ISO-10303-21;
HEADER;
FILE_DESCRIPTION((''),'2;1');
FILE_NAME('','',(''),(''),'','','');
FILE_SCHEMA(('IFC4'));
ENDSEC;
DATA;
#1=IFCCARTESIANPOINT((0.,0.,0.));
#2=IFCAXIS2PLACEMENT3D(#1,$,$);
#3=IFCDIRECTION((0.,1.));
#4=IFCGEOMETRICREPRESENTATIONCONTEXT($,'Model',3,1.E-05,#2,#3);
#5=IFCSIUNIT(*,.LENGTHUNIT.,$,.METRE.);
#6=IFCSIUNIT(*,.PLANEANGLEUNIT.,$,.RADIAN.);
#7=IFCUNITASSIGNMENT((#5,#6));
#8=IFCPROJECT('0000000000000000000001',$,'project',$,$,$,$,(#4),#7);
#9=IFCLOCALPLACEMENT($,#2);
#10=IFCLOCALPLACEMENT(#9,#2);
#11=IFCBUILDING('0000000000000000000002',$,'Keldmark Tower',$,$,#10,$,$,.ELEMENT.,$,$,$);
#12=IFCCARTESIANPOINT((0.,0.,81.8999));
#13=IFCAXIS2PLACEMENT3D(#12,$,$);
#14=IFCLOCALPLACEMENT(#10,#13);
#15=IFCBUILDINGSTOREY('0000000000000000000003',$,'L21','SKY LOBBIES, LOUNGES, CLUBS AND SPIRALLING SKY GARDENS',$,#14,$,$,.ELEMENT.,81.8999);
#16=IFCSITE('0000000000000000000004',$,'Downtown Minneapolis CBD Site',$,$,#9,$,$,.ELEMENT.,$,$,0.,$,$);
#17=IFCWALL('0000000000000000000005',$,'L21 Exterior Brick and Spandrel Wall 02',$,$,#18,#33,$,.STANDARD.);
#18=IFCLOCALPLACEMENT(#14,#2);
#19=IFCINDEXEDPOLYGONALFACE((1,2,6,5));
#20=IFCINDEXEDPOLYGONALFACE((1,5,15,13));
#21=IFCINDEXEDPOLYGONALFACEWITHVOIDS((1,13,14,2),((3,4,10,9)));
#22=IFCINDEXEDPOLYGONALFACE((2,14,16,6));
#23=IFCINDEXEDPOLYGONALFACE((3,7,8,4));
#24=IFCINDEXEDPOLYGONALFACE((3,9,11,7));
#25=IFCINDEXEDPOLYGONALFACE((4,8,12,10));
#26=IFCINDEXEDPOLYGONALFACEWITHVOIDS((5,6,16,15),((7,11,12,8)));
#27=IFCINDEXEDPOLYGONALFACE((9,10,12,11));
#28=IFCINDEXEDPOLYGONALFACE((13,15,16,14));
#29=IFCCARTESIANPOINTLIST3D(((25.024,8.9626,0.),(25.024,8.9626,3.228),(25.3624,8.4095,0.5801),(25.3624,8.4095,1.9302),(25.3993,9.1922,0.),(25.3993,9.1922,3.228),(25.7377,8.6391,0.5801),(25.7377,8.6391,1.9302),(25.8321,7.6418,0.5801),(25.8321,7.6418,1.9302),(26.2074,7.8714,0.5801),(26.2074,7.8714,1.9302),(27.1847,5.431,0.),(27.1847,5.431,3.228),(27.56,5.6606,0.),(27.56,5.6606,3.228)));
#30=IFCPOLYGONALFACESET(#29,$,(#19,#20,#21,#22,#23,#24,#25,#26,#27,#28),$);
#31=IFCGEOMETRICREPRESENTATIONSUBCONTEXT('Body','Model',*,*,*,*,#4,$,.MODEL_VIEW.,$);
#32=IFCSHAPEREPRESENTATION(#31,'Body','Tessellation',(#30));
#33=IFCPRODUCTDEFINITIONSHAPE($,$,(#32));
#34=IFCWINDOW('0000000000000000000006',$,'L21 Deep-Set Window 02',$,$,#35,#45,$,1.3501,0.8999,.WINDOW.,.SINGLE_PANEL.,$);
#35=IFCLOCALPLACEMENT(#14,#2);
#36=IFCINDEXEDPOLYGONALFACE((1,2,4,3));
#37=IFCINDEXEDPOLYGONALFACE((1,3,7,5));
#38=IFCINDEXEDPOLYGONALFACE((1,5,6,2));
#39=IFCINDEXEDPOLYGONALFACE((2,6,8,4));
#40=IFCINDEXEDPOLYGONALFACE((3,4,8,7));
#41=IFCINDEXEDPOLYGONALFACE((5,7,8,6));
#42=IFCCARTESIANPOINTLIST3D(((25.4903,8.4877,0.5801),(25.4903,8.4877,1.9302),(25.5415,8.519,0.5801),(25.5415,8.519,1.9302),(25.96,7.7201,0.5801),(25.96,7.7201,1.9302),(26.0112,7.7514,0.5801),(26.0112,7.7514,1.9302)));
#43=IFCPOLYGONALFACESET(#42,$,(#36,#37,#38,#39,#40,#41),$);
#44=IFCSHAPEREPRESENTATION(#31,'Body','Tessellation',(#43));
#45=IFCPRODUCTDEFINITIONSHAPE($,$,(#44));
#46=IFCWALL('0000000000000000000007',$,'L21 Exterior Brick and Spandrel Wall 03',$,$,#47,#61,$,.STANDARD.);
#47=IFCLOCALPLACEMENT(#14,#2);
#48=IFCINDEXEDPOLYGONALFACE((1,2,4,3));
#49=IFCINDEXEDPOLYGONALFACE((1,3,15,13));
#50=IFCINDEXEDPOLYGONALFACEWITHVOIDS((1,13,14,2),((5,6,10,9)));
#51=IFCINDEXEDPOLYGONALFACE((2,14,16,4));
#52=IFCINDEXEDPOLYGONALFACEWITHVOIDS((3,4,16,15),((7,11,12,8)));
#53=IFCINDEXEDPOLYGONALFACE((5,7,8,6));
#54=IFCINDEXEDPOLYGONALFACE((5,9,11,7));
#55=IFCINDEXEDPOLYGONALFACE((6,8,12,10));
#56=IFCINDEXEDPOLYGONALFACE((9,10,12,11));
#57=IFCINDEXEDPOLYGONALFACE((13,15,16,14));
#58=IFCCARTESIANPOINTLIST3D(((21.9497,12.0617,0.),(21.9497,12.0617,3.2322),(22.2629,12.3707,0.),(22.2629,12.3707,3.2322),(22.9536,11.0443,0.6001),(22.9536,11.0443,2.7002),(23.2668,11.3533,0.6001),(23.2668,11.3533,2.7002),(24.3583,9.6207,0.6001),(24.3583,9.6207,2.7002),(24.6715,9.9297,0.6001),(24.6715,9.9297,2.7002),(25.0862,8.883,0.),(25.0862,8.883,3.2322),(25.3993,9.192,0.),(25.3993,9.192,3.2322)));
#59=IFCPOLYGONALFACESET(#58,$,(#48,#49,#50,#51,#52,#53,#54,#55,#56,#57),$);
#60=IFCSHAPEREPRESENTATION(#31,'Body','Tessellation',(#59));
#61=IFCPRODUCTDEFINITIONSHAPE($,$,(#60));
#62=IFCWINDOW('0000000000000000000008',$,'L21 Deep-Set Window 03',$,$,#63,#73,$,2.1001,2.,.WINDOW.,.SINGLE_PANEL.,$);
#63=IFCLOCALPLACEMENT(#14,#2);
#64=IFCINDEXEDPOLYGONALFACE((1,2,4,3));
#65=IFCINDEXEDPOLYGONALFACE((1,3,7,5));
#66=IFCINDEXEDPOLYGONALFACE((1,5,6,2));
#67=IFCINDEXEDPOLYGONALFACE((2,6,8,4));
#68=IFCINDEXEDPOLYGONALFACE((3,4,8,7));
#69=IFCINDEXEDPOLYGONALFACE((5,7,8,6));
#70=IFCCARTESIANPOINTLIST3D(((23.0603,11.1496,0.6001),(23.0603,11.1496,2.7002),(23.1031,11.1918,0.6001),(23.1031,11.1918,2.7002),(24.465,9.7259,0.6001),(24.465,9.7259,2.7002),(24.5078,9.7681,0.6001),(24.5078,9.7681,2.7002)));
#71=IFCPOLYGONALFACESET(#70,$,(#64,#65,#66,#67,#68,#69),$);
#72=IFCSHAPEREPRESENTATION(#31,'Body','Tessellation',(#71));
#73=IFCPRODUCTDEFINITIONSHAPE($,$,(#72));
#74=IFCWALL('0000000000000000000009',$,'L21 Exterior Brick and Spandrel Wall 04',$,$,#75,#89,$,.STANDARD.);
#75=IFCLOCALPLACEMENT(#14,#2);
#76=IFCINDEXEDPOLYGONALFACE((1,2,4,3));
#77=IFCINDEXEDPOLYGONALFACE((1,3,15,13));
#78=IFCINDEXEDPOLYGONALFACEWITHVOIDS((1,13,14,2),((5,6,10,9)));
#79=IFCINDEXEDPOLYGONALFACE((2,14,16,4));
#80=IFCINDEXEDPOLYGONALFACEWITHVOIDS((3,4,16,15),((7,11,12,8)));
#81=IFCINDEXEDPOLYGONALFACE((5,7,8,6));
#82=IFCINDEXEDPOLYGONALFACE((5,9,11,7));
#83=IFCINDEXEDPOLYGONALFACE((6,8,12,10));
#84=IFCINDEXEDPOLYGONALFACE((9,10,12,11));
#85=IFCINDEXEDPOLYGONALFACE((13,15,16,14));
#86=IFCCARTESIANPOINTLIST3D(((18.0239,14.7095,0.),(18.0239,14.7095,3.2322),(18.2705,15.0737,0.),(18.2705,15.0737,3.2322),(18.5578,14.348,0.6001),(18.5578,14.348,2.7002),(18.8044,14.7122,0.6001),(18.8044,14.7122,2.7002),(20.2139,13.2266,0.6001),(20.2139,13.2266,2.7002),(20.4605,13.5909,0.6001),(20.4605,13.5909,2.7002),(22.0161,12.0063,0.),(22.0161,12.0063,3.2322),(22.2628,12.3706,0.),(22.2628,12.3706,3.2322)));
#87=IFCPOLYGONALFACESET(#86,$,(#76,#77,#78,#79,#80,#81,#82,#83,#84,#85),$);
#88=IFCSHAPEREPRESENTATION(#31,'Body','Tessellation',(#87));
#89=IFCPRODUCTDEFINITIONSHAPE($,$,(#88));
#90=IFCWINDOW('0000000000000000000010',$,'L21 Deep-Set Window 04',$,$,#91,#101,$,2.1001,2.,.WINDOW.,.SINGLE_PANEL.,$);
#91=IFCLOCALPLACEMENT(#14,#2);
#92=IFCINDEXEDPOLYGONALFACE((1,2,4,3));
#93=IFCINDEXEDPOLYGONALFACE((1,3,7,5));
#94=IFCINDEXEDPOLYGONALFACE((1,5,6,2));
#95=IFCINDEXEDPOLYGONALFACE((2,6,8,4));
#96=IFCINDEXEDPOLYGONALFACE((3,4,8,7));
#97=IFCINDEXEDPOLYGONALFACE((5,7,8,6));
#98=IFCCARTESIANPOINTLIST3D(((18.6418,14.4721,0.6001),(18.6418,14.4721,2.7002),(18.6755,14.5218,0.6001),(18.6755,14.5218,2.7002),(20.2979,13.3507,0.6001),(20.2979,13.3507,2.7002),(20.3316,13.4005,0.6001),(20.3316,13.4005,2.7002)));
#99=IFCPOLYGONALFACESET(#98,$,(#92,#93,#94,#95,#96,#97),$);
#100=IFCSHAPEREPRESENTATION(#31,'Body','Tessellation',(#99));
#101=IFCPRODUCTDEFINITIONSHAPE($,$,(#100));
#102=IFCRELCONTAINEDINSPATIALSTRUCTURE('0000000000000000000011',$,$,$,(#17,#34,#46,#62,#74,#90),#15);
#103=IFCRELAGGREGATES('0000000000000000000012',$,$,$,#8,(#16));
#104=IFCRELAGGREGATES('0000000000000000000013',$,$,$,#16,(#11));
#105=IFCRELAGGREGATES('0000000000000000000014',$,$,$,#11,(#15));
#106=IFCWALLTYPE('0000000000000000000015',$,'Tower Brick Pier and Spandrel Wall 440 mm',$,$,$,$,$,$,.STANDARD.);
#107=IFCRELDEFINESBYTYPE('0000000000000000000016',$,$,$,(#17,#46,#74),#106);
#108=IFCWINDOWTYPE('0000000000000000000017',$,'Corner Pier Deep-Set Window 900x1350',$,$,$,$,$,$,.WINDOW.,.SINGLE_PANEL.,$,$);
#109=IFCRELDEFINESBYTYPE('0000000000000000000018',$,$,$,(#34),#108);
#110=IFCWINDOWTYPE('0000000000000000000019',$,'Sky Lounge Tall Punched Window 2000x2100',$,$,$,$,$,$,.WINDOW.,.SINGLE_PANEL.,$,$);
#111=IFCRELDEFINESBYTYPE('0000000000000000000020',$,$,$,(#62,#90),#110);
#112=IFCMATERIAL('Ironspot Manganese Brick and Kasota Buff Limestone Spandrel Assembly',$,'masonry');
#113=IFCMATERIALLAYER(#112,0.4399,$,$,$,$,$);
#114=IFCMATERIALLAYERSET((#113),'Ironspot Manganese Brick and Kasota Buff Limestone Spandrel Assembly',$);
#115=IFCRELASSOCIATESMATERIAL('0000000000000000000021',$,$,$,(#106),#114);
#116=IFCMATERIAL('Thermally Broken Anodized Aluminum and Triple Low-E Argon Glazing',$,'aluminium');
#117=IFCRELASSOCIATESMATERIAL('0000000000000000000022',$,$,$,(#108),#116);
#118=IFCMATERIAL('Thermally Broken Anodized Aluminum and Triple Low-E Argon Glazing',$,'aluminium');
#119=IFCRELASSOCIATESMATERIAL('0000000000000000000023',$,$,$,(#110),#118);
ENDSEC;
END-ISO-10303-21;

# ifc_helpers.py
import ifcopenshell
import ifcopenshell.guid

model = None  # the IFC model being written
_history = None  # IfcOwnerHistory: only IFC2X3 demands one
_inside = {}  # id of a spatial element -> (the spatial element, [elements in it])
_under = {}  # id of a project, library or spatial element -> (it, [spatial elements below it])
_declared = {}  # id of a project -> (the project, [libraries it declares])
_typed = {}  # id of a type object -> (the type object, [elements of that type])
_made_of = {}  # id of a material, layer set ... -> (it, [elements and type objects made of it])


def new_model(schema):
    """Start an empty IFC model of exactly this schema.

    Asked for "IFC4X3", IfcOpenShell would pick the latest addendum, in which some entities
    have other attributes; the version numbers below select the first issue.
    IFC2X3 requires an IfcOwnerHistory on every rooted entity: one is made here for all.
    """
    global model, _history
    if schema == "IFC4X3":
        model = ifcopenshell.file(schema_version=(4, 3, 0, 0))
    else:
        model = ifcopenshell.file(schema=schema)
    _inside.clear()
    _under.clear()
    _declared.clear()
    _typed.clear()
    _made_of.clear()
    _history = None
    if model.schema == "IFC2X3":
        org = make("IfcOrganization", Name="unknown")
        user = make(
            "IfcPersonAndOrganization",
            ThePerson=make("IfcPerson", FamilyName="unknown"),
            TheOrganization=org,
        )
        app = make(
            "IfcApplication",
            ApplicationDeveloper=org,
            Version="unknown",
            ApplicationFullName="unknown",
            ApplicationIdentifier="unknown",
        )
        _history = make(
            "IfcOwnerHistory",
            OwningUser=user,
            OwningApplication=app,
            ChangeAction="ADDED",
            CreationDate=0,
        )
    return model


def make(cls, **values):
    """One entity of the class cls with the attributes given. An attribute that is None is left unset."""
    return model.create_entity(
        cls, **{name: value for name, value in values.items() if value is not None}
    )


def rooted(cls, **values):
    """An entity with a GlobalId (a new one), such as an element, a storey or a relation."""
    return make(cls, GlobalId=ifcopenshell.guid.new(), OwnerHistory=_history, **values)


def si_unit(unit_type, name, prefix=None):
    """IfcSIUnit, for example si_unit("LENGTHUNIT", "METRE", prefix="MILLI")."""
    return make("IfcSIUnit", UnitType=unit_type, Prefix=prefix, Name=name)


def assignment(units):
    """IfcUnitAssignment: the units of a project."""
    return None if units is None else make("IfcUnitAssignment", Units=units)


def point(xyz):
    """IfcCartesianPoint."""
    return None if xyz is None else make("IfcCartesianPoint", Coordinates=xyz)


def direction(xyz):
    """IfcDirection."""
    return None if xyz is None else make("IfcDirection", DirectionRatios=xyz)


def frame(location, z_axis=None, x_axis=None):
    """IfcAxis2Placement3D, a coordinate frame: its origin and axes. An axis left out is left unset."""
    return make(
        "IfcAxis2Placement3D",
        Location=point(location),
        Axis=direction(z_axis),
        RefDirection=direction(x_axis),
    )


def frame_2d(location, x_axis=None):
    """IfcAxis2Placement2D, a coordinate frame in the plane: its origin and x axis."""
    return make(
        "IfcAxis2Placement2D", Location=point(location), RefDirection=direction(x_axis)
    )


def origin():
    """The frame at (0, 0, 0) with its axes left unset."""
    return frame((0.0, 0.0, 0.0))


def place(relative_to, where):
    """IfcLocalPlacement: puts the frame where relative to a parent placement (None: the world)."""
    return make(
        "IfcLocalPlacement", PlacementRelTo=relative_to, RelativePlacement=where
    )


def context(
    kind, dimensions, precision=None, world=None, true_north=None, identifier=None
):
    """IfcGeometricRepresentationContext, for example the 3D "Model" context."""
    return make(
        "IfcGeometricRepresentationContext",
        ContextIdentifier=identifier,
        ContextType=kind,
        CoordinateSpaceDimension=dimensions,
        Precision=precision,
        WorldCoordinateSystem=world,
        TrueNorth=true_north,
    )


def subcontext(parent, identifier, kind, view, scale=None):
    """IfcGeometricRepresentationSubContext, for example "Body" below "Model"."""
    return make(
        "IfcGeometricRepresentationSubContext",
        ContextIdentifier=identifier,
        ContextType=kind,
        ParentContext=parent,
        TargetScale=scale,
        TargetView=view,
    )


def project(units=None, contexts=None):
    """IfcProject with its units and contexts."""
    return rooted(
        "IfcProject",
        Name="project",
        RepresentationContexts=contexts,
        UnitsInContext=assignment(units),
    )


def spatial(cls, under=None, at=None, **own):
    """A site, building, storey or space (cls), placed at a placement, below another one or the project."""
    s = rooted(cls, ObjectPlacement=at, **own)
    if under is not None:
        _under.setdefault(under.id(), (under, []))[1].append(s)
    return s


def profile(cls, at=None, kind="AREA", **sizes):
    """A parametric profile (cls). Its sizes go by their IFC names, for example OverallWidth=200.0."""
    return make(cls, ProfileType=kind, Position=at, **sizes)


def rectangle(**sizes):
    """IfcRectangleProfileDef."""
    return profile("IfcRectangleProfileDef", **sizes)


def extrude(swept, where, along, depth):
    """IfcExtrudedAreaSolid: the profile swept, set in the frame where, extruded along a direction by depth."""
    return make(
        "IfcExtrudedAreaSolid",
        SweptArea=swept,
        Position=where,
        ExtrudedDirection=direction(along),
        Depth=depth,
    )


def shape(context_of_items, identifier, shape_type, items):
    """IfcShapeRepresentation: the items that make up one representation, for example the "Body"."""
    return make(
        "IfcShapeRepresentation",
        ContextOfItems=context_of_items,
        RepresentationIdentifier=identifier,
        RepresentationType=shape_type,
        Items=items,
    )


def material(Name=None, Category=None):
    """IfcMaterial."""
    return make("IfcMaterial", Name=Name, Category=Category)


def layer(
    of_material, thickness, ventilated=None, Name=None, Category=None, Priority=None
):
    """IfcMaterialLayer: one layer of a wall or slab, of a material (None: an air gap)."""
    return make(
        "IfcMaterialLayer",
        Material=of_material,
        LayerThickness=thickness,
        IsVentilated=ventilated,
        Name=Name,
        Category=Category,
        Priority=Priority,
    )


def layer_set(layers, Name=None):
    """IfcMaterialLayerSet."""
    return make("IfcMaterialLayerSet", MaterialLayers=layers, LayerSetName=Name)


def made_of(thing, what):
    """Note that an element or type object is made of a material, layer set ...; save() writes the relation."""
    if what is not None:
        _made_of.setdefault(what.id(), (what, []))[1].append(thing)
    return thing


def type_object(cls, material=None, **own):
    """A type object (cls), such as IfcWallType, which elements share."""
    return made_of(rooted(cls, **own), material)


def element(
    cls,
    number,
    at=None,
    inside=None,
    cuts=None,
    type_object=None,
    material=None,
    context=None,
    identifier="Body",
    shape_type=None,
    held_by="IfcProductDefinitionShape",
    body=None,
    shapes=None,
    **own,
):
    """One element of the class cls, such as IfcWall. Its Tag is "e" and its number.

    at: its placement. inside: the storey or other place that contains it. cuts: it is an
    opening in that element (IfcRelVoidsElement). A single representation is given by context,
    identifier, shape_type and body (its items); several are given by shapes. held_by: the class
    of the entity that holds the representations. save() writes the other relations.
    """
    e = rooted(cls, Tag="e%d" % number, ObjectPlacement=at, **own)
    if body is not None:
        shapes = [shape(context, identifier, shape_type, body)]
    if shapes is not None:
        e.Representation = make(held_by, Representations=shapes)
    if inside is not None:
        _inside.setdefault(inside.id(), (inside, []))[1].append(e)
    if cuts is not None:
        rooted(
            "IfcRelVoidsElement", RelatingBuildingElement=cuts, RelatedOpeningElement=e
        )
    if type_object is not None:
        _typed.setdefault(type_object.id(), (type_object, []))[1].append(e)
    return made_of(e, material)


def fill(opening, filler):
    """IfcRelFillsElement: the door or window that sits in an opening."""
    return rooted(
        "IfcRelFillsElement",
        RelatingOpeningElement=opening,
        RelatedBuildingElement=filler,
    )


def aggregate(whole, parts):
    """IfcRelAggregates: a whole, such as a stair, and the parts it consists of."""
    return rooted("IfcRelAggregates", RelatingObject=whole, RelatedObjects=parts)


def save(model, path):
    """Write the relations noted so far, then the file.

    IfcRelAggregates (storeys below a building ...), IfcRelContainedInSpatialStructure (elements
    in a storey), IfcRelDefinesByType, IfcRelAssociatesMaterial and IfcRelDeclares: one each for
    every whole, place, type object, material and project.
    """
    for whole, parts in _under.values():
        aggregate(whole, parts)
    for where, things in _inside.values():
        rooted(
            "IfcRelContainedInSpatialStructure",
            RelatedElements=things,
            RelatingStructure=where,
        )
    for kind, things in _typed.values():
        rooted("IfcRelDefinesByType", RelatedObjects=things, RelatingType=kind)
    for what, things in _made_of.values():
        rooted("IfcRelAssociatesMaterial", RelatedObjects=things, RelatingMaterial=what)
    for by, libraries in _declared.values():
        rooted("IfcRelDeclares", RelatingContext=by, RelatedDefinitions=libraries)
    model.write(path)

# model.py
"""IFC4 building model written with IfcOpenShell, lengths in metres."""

from ifc_helpers import new_model, si_unit, direction, frame, frame_2d, origin, place, context, subcontext, project, spatial, rectangle, extrude, material, layer, layer_set, type_object, element, fill, save


model = new_model("IFC4")

# Units and contexts
model_context = context("Model", 3, precision=1e-05, world=origin(), true_north=direction((0.0, 1.0)))
body_context = subcontext(model_context, "Body", "Model", "MODEL_VIEW")
ifc_project = project(units=[si_unit("LENGTHUNIT", "METRE"), si_unit("PLANEANGLEUNIT", "RADIAN")], contexts=[model_context])

# Site, building, storey
site_placement = place(None, origin())
site = spatial("IfcSite", under=ifc_project, at=site_placement, Name="Downtown Minneapolis CBD Site", CompositionType="ELEMENT", RefElevation=0.0)
building_placement = place(site_placement, origin())
building = spatial("IfcBuilding", under=site, at=building_placement, Name="Keldmark Tower", CompositionType="ELEMENT")
storey_placement = place(building_placement, frame((0.0, 0.0, 81.8999)))
storey = spatial("IfcBuildingStorey", under=building, at=storey_placement, Name="L21", Description="SKY LOBBIES, LOUNGES, CLUBS AND SPIRALLING SKY GARDENS", CompositionType="ELEMENT", Elevation=81.8999)

# Walls, openings, windows
ifc_material_1 = material(Name="Ironspot Manganese Brick and Kasota Buff Limestone Spandrel Assembly", Category="masonry")
ifc_layer_1 = layer(ifc_material_1, 0.4399)
ifc_layer_set_1 = layer_set([ifc_layer_1], Name="Ironspot Manganese Brick and Kasota Buff Limestone Spandrel Assembly")
wall_type = type_object("IfcWallType", Name="Tower Brick Pier and Spandrel Wall 440 mm", PredefinedType="STANDARD", material=ifc_layer_set_1)
wall_1_placement = place(storey_placement, frame((25.2117, 9.0774, 0.0), z_axis=(0.0, 0.0, 1.0), x_axis=(0.521891, -0.853012, 0.0)))
wall_1 = element("IfcWall", 1, at=wall_1_placement, inside=storey, type_object=wall_type, Name="L21 Exterior Brick and Spandrel Wall 02", PredefinedType="STANDARD", context=body_context, shape_type="SweptSolid", body=[
    extrude(rectangle(XDim=4.1401, YDim=0.4399, at=frame_2d((2.0701, 0.0))), origin(), (0.0, 0.0, 1.0), 3.228),
])
opening_1_placement = place(wall_1_placement, frame((0.6484, 0.0, 0.5801)))
opening_1 = element("IfcOpeningElement", 2, at=opening_1_placement, cuts=wall_1, PredefinedType="OPENING", context=body_context, shape_type="SweptSolid", body=[
    extrude(rectangle(XDim=0.8999, YDim=1.3501, at=frame_2d((0.45, 0.675))), frame((0.0, 0.23, 0.0), z_axis=(0.0, -1.0, 0.0), x_axis=(1.0, 0.0, 0.0)), (0.0, 0.0, 1.0), 0.46),
])
ifc_material_2 = material(Name="Thermally Broken Anodized Aluminum and Triple Low-E Argon Glazing", Category="aluminium")
window_type_1 = type_object("IfcWindowType", Name="Corner Pier Deep-Set Window 900x1350", PartitioningType="SINGLE_PANEL", PredefinedType="WINDOW", material=ifc_material_2)
window_1_placement = place(opening_1_placement, origin())
window_1 = element("IfcWindow", 3, at=window_1_placement, inside=storey, type_object=window_type_1, Name="L21 Deep-Set Window 02", OverallHeight=1.3501, OverallWidth=0.8999, PartitioningType="SINGLE_PANEL", PredefinedType="WINDOW", context=body_context, shape_type="SweptSolid", body=[
    extrude(rectangle(XDim=0.8999, YDim=1.3501, at=frame_2d((0.45, 0.675))), frame((0.0, -0.01, 0.0), z_axis=(0.0, -1.0, 0.0), x_axis=(1.0, 0.0, 0.0)), (0.0, 0.0, 1.0), 0.0601),
])
fill(opening_1, window_1)
wall_2_placement = place(storey_placement, frame((22.1062, 12.2163, 0.0), z_axis=(0.0, 0.0, 1.0), x_axis=(0.702362, -0.71182, 0.0)))
wall_2 = element("IfcWall", 4, at=wall_2_placement, inside=storey, type_object=wall_type, Name="L21 Exterior Brick and Spandrel Wall 03", PredefinedType="STANDARD", context=body_context, shape_type="SweptSolid", body=[
    extrude(rectangle(XDim=4.4656, YDim=0.4399, at=frame_2d((2.2329, 0.0))), origin(), (0.0, 0.0, 1.0), 3.2322),
])
opening_2_placement = place(wall_2_placement, frame((1.4294, 0.0, 0.6001)))
opening_2 = element("IfcOpeningElement", 5, at=opening_2_placement, cuts=wall_2, PredefinedType="OPENING", context=body_context, shape_type="SweptSolid", body=[
    extrude(rectangle(XDim=2.0, YDim=2.1001, at=frame_2d((1.0, 1.05))), frame((0.0, 0.23, 0.0), z_axis=(0.0, -1.0, 0.0), x_axis=(1.0, 0.0, 0.0)), (0.0, 0.0, 1.0), 0.46),
])
ifc_material_3 = material(Name="Thermally Broken Anodized Aluminum and Triple Low-E Argon Glazing", Category="aluminium")
window_type_2 = type_object("IfcWindowType", Name="Sky Lounge Tall Punched Window 2000x2100", PartitioningType="SINGLE_PANEL", PredefinedType="WINDOW", material=ifc_material_3)
window_2_placement = place(opening_2_placement, origin())
window_2 = element("IfcWindow", 6, at=window_2_placement, inside=storey, type_object=window_type_2, Name="L21 Deep-Set Window 03", OverallHeight=2.1001, OverallWidth=2.0, PartitioningType="SINGLE_PANEL", PredefinedType="WINDOW", context=body_context, shape_type="SweptSolid", body=[
    extrude(rectangle(XDim=2.0, YDim=2.1001, at=frame_2d((1.0, 1.05))), frame((0.0, -0.01, 0.0), z_axis=(0.0, -1.0, 0.0), x_axis=(1.0, 0.0, 0.0)), (0.0, 0.0, 1.0), 0.0601),
])
fill(opening_2, window_2)
wall_3_placement = place(storey_placement, frame((18.1472, 14.8916, 0.0), z_axis=(0.0, 0.0, 1.0), x_axis=(0.82804, -0.560669, 0.0)))
wall_3 = element("IfcWall", 7, at=wall_3_placement, inside=storey, type_object=wall_type, Name="L21 Exterior Brick and Spandrel Wall 04", PredefinedType="STANDARD", context=body_context, shape_type="SweptSolid", body=[
    extrude(rectangle(XDim=4.8213, YDim=0.4399, at=frame_2d((2.4106, 0.0))), origin(), (0.0, 0.0, 1.0), 3.2322),
])
opening_3_placement = place(wall_3_placement, frame((0.6448, 0.0, 0.6001)))
opening_3 = element("IfcOpeningElement", 8, at=opening_3_placement, cuts=wall_3, PredefinedType="OPENING", context=body_context, shape_type="SweptSolid", body=[
    extrude(rectangle(XDim=2.0, YDim=2.1001, at=frame_2d((1.0, 1.05))), frame((0.0, 0.23, 0.0), z_axis=(0.0, -1.0, 0.0), x_axis=(1.0, 0.0, 0.0)), (0.0, 0.0, 1.0), 0.46),
])
window_3_placement = place(opening_3_placement, origin())
window_3 = element("IfcWindow", 9, at=window_3_placement, inside=storey, type_object=window_type_2, Name="L21 Deep-Set Window 04", OverallHeight=2.1001, OverallWidth=2.0, PartitioningType="SINGLE_PANEL", PredefinedType="WINDOW", context=body_context, shape_type="SweptSolid", body=[
    extrude(rectangle(XDim=2.0, YDim=2.1001, at=frame_2d((1.0, 1.05))), frame((0.0, -0.01, 0.0), z_axis=(0.0, -1.0, 0.0), x_axis=(1.0, 0.0, 0.0)), (0.0, 0.0, 1.0), 0.0601),
])
fill(opening_3, window_3)

save(model, "model.ifc")
